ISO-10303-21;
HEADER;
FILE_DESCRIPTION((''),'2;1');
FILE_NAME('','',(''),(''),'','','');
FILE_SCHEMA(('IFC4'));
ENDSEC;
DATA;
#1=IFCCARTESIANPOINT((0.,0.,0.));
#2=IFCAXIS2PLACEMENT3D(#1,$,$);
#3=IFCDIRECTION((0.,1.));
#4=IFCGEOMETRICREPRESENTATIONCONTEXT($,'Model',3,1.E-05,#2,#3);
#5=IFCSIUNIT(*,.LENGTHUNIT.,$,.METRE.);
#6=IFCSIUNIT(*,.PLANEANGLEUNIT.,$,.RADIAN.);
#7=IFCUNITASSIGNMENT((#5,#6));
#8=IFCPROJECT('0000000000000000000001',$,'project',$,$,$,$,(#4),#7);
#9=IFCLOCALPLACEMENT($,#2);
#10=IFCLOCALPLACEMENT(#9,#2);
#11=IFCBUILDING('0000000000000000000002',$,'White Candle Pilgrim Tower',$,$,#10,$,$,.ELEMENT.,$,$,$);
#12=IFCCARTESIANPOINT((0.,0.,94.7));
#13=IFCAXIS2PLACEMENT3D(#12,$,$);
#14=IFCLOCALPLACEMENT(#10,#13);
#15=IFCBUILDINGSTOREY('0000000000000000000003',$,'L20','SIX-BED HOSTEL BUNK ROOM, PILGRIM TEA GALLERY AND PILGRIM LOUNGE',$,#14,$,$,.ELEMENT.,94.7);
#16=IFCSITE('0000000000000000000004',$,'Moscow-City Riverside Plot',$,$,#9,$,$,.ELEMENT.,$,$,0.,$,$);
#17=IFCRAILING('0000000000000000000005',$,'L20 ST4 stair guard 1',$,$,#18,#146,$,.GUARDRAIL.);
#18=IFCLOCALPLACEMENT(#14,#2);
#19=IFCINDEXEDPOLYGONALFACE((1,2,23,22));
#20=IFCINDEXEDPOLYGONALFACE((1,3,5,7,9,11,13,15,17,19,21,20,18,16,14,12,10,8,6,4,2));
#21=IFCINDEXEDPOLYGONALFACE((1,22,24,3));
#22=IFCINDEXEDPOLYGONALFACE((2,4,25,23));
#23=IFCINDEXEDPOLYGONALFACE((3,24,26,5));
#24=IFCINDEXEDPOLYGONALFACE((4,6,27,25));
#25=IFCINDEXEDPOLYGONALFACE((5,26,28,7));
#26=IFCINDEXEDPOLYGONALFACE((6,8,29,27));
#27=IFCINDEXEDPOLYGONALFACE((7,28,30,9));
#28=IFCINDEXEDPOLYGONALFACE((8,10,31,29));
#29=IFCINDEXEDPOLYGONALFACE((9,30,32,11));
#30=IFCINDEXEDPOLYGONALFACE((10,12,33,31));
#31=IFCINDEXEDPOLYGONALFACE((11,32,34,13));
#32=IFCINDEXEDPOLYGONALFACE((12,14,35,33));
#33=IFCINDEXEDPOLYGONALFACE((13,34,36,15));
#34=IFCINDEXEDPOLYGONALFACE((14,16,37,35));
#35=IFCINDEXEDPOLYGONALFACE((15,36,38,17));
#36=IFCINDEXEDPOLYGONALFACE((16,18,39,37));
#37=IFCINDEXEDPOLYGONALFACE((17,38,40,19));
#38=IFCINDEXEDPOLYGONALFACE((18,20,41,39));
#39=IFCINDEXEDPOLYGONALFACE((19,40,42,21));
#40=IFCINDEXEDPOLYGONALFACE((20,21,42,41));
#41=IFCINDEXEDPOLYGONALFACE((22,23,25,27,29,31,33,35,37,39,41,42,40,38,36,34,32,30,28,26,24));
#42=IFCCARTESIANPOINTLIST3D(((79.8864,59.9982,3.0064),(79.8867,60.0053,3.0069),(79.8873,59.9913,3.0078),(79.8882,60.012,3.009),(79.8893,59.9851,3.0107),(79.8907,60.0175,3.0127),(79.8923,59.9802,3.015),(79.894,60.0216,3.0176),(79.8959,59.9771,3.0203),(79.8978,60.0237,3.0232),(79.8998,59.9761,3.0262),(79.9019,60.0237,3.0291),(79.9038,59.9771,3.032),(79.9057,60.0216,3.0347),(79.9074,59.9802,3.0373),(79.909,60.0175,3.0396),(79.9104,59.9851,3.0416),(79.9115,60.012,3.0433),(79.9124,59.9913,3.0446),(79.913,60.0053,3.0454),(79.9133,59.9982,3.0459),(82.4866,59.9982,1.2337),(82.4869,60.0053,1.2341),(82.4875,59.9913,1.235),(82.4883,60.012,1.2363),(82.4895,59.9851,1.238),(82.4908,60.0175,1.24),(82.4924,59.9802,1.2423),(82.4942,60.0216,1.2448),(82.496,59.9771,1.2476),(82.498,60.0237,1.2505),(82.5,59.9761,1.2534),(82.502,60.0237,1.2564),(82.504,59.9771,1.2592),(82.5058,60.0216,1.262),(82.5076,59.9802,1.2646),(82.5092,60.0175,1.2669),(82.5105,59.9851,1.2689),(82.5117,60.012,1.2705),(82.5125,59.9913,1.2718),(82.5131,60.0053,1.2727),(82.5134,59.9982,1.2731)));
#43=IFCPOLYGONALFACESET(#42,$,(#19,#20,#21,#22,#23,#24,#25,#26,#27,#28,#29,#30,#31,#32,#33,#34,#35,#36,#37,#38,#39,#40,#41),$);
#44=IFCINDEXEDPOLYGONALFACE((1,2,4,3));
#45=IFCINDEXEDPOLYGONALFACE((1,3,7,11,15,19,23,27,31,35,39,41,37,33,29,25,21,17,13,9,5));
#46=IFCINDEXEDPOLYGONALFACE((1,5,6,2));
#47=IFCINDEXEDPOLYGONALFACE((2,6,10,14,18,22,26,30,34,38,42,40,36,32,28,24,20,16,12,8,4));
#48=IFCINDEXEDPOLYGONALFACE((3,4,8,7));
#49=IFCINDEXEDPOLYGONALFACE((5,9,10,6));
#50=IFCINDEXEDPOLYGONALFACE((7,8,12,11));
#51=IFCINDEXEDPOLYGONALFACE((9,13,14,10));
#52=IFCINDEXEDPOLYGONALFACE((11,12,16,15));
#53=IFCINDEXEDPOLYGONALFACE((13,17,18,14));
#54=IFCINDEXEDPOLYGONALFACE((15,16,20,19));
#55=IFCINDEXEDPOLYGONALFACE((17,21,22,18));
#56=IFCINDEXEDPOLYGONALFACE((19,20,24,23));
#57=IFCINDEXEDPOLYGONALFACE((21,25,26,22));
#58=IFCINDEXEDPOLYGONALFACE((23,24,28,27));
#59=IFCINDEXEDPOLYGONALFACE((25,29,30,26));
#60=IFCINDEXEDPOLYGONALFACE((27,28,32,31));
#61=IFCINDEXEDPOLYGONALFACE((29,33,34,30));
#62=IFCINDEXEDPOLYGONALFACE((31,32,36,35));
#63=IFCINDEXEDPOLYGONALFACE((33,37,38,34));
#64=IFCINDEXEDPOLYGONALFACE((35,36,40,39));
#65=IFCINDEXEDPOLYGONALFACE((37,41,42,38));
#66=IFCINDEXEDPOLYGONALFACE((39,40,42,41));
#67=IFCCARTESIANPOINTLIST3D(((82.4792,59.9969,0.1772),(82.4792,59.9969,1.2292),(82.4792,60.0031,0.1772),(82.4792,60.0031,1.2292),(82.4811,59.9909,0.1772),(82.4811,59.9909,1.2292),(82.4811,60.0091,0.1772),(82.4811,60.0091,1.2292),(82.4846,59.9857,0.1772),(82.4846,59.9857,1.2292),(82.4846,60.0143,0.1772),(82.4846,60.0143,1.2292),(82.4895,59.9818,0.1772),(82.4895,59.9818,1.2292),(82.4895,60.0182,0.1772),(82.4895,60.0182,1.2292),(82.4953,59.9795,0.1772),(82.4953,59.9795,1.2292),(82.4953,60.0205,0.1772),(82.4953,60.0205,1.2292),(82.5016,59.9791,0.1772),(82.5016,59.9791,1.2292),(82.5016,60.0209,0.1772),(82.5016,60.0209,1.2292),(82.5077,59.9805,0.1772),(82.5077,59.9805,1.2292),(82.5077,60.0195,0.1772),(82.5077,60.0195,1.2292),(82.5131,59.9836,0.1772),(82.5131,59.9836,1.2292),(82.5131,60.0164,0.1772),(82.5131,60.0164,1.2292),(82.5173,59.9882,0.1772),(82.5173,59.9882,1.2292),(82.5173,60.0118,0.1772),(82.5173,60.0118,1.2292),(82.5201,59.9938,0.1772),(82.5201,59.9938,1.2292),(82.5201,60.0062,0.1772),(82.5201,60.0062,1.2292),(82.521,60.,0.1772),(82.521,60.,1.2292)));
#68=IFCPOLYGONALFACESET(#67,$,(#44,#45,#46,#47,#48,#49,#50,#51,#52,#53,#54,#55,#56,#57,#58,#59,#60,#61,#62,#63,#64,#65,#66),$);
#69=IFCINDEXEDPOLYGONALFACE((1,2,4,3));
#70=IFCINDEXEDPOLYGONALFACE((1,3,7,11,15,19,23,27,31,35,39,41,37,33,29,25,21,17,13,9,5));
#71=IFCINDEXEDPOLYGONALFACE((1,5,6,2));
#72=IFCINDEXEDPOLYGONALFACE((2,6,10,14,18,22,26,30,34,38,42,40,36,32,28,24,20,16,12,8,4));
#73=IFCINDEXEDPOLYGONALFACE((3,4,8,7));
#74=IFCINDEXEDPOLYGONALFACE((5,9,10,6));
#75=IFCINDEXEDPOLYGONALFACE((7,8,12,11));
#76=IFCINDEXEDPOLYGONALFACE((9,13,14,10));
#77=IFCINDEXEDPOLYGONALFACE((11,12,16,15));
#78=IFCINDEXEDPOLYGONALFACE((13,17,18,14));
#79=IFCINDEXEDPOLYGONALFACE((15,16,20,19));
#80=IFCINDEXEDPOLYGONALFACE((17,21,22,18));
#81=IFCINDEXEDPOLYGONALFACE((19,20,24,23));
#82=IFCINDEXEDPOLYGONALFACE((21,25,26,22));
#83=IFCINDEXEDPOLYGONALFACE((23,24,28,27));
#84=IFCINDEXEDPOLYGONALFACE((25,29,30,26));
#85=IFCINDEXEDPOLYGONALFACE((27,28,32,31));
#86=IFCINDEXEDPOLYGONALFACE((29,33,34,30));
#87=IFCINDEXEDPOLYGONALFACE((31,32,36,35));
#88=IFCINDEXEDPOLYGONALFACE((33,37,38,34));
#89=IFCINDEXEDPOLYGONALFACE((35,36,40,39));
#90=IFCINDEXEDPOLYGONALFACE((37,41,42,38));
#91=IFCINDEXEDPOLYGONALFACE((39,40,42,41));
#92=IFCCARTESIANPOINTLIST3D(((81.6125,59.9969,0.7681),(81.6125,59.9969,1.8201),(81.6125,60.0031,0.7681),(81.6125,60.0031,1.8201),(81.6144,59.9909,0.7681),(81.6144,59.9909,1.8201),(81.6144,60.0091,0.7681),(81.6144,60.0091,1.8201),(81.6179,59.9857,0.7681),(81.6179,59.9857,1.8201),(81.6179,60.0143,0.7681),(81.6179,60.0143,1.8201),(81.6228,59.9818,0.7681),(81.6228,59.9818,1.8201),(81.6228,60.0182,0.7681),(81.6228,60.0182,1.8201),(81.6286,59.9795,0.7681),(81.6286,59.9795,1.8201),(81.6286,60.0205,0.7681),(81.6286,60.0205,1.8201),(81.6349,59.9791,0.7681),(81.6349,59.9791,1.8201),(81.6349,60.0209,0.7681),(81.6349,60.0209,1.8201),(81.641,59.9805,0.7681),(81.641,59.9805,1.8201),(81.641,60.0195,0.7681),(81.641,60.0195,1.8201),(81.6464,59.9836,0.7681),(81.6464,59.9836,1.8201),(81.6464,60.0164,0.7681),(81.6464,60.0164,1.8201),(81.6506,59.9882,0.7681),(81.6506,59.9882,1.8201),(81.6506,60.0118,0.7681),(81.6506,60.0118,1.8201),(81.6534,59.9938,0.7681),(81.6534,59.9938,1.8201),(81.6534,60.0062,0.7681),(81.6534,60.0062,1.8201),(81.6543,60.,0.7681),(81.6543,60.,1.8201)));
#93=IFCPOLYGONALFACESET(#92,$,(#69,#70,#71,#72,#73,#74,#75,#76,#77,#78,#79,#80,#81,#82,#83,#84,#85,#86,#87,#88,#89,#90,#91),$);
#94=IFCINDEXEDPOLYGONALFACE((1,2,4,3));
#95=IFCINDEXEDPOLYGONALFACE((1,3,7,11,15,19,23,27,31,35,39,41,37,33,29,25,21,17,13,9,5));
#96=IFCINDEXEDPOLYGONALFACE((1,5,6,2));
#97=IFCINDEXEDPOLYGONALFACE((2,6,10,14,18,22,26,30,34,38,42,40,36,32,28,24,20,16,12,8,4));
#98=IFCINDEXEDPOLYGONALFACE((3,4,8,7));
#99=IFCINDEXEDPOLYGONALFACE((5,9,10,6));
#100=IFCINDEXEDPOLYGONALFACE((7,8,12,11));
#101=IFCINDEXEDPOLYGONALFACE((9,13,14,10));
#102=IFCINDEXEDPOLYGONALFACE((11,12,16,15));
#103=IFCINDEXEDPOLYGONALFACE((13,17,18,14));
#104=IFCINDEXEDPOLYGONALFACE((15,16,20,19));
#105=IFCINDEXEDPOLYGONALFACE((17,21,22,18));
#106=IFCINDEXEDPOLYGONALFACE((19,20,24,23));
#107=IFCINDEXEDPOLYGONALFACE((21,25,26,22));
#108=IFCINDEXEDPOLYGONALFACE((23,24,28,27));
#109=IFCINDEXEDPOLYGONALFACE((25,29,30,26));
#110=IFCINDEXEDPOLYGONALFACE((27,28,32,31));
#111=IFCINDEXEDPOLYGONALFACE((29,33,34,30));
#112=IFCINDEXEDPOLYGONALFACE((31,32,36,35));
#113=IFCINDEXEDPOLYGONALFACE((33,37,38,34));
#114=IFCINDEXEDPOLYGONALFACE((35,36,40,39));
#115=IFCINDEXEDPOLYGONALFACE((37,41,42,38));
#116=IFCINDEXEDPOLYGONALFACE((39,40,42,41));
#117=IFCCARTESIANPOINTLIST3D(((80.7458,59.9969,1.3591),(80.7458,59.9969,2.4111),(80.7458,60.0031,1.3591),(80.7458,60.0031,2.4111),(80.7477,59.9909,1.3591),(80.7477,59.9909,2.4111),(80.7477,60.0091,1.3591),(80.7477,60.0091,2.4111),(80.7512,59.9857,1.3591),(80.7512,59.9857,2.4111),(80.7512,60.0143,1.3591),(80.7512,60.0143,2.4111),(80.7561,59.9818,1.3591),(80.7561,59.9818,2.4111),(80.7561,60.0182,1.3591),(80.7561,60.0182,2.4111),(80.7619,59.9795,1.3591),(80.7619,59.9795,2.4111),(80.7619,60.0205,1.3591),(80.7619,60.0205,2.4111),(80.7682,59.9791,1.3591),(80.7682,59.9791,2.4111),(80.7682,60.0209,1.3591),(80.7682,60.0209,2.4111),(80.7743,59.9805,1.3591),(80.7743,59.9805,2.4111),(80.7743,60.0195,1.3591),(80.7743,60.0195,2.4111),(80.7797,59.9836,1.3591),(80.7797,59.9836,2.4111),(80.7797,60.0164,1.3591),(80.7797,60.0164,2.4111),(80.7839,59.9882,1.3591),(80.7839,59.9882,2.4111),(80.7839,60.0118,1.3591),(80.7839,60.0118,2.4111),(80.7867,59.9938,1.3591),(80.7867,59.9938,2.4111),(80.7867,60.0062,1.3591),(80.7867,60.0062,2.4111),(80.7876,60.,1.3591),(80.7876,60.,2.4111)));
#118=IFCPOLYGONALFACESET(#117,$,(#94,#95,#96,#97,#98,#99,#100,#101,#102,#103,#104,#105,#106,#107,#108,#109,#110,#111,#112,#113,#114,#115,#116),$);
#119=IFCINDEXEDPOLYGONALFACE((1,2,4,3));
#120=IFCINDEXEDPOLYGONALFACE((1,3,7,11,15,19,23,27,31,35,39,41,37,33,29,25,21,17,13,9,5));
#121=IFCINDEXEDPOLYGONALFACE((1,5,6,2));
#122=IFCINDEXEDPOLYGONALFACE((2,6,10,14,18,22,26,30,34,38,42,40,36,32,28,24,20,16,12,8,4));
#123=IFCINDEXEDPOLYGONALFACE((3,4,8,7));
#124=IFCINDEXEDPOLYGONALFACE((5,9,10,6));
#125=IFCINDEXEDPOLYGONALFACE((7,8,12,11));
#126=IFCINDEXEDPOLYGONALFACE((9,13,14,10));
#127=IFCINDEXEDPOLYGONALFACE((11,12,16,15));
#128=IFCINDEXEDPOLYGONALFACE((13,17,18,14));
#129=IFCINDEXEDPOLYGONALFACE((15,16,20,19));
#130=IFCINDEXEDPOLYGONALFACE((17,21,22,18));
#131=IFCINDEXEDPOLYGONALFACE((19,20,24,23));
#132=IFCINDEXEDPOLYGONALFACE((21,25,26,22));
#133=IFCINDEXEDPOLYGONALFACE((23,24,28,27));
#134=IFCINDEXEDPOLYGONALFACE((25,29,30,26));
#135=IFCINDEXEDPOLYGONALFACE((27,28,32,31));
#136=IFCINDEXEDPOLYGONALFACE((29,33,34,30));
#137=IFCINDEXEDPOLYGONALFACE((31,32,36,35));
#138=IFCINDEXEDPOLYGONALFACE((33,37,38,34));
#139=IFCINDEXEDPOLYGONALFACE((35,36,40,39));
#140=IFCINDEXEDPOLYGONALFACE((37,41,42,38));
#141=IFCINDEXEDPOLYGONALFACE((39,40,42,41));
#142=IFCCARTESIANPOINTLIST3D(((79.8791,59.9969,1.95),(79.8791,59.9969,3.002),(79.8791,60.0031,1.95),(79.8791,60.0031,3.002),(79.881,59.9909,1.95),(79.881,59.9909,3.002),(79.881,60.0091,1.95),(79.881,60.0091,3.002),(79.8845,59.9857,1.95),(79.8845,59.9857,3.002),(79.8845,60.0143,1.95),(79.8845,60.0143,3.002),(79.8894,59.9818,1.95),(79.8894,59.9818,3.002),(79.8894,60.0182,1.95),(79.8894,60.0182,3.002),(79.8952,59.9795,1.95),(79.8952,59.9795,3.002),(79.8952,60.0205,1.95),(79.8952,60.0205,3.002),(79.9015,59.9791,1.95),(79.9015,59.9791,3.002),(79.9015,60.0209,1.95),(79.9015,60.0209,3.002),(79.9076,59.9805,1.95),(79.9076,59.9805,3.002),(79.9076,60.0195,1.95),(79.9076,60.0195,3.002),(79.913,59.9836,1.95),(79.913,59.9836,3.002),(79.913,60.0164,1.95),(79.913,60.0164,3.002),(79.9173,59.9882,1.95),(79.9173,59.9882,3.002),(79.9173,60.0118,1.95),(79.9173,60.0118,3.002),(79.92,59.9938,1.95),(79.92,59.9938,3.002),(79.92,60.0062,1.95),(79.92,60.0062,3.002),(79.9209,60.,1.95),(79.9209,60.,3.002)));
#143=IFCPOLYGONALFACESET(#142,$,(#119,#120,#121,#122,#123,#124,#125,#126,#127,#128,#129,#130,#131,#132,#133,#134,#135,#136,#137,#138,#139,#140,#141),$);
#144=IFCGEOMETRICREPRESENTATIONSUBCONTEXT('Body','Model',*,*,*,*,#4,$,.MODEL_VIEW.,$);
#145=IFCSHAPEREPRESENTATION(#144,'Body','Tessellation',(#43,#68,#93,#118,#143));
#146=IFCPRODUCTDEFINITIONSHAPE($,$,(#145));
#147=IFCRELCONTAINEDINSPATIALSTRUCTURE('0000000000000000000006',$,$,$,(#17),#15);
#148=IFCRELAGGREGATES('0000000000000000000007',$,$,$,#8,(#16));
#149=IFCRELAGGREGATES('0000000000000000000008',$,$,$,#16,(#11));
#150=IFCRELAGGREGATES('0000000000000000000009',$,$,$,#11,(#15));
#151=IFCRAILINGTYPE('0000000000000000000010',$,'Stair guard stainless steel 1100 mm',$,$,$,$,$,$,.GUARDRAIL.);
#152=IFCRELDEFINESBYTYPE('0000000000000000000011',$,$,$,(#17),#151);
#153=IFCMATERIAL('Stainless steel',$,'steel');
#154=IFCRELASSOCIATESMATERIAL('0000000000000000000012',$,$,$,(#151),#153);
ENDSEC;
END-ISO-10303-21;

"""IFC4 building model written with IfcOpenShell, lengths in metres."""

from ifc_helpers import new_model, si_unit, direction, frame, origin, origin_2d, place, context, subcontext, project, spatial, circle, extrude, material, type_object, element, save


model = new_model("IFC4")

# Units and contexts
model_context = context("Model", 3, precision=1e-05, world=origin(), true_north=direction((0.0, 1.0)))
body_context = subcontext(model_context, "Body", "Model", "MODEL_VIEW")
ifc_project = project(units=[si_unit("LENGTHUNIT", "METRE"), si_unit("PLANEANGLEUNIT", "RADIAN")], contexts=[model_context])

# Site, building, storey
site_placement = place(None, origin())
site = spatial("IfcSite", under=ifc_project, at=site_placement, Name="Moscow-City Riverside Plot", CompositionType="ELEMENT", RefElevation=0.0)
building_placement = place(site_placement, origin())
building = spatial("IfcBuilding", under=site, at=building_placement, Name="White Candle Pilgrim Tower", CompositionType="ELEMENT")
storey_placement = place(building_placement, frame((0.0, 0.0, 94.7)))
storey = spatial("IfcBuildingStorey", under=building, at=storey_placement, Name="L20", Description="SIX-BED HOSTEL BUNK ROOM, PILGRIM TEA GALLERY AND PILGRIM LOUNGE", CompositionType="ELEMENT", Elevation=94.7)

# Railing
ifc_material_1 = material(Name="Stainless steel", Category="steel")
railing_type_1 = type_object("IfcRailingType", Name="Stair guard stainless steel 1100 mm", PredefinedType="GUARDRAIL", material=ifc_material_1)
railing_1_placement = place(storey_placement, frame((82.5, 60.0, 0.1772)))
element("IfcRailing", 1, at=railing_1_placement, inside=storey, type_object=railing_type_1, Name="L20 ST4 stair guard 1", PredefinedType="GUARDRAIL", context=body_context, shape_type="SweptSolid", body=[
    extrude(circle(Radius=0.0239, at=origin_2d()), frame((0.0, 0.0, 1.0762), z_axis=(-0.82624, 0.0, 0.563318), x_axis=(0.0, -1.0, 0.0)), (0.0, 0.0, 1.0), 3.147),
    extrude(circle(Radius=0.021, at=origin_2d()), origin(), (0.0, 0.0, 1.0), 1.052),
    extrude(circle(Radius=0.021, at=origin_2d()), frame((-0.8667, 0.0, 0.5908)), (0.0, 0.0, 1.0), 1.052),
    extrude(circle(Radius=0.021, at=origin_2d()), frame((-1.7334, 0.0, 1.1819)), (0.0, 0.0, 1.0), 1.052),
    extrude(circle(Radius=0.021, at=origin_2d()), frame((-2.6001, 0.0, 1.7727)), (0.0, 0.0, 1.0), 1.052),
])

save(model, "model.ifc")
